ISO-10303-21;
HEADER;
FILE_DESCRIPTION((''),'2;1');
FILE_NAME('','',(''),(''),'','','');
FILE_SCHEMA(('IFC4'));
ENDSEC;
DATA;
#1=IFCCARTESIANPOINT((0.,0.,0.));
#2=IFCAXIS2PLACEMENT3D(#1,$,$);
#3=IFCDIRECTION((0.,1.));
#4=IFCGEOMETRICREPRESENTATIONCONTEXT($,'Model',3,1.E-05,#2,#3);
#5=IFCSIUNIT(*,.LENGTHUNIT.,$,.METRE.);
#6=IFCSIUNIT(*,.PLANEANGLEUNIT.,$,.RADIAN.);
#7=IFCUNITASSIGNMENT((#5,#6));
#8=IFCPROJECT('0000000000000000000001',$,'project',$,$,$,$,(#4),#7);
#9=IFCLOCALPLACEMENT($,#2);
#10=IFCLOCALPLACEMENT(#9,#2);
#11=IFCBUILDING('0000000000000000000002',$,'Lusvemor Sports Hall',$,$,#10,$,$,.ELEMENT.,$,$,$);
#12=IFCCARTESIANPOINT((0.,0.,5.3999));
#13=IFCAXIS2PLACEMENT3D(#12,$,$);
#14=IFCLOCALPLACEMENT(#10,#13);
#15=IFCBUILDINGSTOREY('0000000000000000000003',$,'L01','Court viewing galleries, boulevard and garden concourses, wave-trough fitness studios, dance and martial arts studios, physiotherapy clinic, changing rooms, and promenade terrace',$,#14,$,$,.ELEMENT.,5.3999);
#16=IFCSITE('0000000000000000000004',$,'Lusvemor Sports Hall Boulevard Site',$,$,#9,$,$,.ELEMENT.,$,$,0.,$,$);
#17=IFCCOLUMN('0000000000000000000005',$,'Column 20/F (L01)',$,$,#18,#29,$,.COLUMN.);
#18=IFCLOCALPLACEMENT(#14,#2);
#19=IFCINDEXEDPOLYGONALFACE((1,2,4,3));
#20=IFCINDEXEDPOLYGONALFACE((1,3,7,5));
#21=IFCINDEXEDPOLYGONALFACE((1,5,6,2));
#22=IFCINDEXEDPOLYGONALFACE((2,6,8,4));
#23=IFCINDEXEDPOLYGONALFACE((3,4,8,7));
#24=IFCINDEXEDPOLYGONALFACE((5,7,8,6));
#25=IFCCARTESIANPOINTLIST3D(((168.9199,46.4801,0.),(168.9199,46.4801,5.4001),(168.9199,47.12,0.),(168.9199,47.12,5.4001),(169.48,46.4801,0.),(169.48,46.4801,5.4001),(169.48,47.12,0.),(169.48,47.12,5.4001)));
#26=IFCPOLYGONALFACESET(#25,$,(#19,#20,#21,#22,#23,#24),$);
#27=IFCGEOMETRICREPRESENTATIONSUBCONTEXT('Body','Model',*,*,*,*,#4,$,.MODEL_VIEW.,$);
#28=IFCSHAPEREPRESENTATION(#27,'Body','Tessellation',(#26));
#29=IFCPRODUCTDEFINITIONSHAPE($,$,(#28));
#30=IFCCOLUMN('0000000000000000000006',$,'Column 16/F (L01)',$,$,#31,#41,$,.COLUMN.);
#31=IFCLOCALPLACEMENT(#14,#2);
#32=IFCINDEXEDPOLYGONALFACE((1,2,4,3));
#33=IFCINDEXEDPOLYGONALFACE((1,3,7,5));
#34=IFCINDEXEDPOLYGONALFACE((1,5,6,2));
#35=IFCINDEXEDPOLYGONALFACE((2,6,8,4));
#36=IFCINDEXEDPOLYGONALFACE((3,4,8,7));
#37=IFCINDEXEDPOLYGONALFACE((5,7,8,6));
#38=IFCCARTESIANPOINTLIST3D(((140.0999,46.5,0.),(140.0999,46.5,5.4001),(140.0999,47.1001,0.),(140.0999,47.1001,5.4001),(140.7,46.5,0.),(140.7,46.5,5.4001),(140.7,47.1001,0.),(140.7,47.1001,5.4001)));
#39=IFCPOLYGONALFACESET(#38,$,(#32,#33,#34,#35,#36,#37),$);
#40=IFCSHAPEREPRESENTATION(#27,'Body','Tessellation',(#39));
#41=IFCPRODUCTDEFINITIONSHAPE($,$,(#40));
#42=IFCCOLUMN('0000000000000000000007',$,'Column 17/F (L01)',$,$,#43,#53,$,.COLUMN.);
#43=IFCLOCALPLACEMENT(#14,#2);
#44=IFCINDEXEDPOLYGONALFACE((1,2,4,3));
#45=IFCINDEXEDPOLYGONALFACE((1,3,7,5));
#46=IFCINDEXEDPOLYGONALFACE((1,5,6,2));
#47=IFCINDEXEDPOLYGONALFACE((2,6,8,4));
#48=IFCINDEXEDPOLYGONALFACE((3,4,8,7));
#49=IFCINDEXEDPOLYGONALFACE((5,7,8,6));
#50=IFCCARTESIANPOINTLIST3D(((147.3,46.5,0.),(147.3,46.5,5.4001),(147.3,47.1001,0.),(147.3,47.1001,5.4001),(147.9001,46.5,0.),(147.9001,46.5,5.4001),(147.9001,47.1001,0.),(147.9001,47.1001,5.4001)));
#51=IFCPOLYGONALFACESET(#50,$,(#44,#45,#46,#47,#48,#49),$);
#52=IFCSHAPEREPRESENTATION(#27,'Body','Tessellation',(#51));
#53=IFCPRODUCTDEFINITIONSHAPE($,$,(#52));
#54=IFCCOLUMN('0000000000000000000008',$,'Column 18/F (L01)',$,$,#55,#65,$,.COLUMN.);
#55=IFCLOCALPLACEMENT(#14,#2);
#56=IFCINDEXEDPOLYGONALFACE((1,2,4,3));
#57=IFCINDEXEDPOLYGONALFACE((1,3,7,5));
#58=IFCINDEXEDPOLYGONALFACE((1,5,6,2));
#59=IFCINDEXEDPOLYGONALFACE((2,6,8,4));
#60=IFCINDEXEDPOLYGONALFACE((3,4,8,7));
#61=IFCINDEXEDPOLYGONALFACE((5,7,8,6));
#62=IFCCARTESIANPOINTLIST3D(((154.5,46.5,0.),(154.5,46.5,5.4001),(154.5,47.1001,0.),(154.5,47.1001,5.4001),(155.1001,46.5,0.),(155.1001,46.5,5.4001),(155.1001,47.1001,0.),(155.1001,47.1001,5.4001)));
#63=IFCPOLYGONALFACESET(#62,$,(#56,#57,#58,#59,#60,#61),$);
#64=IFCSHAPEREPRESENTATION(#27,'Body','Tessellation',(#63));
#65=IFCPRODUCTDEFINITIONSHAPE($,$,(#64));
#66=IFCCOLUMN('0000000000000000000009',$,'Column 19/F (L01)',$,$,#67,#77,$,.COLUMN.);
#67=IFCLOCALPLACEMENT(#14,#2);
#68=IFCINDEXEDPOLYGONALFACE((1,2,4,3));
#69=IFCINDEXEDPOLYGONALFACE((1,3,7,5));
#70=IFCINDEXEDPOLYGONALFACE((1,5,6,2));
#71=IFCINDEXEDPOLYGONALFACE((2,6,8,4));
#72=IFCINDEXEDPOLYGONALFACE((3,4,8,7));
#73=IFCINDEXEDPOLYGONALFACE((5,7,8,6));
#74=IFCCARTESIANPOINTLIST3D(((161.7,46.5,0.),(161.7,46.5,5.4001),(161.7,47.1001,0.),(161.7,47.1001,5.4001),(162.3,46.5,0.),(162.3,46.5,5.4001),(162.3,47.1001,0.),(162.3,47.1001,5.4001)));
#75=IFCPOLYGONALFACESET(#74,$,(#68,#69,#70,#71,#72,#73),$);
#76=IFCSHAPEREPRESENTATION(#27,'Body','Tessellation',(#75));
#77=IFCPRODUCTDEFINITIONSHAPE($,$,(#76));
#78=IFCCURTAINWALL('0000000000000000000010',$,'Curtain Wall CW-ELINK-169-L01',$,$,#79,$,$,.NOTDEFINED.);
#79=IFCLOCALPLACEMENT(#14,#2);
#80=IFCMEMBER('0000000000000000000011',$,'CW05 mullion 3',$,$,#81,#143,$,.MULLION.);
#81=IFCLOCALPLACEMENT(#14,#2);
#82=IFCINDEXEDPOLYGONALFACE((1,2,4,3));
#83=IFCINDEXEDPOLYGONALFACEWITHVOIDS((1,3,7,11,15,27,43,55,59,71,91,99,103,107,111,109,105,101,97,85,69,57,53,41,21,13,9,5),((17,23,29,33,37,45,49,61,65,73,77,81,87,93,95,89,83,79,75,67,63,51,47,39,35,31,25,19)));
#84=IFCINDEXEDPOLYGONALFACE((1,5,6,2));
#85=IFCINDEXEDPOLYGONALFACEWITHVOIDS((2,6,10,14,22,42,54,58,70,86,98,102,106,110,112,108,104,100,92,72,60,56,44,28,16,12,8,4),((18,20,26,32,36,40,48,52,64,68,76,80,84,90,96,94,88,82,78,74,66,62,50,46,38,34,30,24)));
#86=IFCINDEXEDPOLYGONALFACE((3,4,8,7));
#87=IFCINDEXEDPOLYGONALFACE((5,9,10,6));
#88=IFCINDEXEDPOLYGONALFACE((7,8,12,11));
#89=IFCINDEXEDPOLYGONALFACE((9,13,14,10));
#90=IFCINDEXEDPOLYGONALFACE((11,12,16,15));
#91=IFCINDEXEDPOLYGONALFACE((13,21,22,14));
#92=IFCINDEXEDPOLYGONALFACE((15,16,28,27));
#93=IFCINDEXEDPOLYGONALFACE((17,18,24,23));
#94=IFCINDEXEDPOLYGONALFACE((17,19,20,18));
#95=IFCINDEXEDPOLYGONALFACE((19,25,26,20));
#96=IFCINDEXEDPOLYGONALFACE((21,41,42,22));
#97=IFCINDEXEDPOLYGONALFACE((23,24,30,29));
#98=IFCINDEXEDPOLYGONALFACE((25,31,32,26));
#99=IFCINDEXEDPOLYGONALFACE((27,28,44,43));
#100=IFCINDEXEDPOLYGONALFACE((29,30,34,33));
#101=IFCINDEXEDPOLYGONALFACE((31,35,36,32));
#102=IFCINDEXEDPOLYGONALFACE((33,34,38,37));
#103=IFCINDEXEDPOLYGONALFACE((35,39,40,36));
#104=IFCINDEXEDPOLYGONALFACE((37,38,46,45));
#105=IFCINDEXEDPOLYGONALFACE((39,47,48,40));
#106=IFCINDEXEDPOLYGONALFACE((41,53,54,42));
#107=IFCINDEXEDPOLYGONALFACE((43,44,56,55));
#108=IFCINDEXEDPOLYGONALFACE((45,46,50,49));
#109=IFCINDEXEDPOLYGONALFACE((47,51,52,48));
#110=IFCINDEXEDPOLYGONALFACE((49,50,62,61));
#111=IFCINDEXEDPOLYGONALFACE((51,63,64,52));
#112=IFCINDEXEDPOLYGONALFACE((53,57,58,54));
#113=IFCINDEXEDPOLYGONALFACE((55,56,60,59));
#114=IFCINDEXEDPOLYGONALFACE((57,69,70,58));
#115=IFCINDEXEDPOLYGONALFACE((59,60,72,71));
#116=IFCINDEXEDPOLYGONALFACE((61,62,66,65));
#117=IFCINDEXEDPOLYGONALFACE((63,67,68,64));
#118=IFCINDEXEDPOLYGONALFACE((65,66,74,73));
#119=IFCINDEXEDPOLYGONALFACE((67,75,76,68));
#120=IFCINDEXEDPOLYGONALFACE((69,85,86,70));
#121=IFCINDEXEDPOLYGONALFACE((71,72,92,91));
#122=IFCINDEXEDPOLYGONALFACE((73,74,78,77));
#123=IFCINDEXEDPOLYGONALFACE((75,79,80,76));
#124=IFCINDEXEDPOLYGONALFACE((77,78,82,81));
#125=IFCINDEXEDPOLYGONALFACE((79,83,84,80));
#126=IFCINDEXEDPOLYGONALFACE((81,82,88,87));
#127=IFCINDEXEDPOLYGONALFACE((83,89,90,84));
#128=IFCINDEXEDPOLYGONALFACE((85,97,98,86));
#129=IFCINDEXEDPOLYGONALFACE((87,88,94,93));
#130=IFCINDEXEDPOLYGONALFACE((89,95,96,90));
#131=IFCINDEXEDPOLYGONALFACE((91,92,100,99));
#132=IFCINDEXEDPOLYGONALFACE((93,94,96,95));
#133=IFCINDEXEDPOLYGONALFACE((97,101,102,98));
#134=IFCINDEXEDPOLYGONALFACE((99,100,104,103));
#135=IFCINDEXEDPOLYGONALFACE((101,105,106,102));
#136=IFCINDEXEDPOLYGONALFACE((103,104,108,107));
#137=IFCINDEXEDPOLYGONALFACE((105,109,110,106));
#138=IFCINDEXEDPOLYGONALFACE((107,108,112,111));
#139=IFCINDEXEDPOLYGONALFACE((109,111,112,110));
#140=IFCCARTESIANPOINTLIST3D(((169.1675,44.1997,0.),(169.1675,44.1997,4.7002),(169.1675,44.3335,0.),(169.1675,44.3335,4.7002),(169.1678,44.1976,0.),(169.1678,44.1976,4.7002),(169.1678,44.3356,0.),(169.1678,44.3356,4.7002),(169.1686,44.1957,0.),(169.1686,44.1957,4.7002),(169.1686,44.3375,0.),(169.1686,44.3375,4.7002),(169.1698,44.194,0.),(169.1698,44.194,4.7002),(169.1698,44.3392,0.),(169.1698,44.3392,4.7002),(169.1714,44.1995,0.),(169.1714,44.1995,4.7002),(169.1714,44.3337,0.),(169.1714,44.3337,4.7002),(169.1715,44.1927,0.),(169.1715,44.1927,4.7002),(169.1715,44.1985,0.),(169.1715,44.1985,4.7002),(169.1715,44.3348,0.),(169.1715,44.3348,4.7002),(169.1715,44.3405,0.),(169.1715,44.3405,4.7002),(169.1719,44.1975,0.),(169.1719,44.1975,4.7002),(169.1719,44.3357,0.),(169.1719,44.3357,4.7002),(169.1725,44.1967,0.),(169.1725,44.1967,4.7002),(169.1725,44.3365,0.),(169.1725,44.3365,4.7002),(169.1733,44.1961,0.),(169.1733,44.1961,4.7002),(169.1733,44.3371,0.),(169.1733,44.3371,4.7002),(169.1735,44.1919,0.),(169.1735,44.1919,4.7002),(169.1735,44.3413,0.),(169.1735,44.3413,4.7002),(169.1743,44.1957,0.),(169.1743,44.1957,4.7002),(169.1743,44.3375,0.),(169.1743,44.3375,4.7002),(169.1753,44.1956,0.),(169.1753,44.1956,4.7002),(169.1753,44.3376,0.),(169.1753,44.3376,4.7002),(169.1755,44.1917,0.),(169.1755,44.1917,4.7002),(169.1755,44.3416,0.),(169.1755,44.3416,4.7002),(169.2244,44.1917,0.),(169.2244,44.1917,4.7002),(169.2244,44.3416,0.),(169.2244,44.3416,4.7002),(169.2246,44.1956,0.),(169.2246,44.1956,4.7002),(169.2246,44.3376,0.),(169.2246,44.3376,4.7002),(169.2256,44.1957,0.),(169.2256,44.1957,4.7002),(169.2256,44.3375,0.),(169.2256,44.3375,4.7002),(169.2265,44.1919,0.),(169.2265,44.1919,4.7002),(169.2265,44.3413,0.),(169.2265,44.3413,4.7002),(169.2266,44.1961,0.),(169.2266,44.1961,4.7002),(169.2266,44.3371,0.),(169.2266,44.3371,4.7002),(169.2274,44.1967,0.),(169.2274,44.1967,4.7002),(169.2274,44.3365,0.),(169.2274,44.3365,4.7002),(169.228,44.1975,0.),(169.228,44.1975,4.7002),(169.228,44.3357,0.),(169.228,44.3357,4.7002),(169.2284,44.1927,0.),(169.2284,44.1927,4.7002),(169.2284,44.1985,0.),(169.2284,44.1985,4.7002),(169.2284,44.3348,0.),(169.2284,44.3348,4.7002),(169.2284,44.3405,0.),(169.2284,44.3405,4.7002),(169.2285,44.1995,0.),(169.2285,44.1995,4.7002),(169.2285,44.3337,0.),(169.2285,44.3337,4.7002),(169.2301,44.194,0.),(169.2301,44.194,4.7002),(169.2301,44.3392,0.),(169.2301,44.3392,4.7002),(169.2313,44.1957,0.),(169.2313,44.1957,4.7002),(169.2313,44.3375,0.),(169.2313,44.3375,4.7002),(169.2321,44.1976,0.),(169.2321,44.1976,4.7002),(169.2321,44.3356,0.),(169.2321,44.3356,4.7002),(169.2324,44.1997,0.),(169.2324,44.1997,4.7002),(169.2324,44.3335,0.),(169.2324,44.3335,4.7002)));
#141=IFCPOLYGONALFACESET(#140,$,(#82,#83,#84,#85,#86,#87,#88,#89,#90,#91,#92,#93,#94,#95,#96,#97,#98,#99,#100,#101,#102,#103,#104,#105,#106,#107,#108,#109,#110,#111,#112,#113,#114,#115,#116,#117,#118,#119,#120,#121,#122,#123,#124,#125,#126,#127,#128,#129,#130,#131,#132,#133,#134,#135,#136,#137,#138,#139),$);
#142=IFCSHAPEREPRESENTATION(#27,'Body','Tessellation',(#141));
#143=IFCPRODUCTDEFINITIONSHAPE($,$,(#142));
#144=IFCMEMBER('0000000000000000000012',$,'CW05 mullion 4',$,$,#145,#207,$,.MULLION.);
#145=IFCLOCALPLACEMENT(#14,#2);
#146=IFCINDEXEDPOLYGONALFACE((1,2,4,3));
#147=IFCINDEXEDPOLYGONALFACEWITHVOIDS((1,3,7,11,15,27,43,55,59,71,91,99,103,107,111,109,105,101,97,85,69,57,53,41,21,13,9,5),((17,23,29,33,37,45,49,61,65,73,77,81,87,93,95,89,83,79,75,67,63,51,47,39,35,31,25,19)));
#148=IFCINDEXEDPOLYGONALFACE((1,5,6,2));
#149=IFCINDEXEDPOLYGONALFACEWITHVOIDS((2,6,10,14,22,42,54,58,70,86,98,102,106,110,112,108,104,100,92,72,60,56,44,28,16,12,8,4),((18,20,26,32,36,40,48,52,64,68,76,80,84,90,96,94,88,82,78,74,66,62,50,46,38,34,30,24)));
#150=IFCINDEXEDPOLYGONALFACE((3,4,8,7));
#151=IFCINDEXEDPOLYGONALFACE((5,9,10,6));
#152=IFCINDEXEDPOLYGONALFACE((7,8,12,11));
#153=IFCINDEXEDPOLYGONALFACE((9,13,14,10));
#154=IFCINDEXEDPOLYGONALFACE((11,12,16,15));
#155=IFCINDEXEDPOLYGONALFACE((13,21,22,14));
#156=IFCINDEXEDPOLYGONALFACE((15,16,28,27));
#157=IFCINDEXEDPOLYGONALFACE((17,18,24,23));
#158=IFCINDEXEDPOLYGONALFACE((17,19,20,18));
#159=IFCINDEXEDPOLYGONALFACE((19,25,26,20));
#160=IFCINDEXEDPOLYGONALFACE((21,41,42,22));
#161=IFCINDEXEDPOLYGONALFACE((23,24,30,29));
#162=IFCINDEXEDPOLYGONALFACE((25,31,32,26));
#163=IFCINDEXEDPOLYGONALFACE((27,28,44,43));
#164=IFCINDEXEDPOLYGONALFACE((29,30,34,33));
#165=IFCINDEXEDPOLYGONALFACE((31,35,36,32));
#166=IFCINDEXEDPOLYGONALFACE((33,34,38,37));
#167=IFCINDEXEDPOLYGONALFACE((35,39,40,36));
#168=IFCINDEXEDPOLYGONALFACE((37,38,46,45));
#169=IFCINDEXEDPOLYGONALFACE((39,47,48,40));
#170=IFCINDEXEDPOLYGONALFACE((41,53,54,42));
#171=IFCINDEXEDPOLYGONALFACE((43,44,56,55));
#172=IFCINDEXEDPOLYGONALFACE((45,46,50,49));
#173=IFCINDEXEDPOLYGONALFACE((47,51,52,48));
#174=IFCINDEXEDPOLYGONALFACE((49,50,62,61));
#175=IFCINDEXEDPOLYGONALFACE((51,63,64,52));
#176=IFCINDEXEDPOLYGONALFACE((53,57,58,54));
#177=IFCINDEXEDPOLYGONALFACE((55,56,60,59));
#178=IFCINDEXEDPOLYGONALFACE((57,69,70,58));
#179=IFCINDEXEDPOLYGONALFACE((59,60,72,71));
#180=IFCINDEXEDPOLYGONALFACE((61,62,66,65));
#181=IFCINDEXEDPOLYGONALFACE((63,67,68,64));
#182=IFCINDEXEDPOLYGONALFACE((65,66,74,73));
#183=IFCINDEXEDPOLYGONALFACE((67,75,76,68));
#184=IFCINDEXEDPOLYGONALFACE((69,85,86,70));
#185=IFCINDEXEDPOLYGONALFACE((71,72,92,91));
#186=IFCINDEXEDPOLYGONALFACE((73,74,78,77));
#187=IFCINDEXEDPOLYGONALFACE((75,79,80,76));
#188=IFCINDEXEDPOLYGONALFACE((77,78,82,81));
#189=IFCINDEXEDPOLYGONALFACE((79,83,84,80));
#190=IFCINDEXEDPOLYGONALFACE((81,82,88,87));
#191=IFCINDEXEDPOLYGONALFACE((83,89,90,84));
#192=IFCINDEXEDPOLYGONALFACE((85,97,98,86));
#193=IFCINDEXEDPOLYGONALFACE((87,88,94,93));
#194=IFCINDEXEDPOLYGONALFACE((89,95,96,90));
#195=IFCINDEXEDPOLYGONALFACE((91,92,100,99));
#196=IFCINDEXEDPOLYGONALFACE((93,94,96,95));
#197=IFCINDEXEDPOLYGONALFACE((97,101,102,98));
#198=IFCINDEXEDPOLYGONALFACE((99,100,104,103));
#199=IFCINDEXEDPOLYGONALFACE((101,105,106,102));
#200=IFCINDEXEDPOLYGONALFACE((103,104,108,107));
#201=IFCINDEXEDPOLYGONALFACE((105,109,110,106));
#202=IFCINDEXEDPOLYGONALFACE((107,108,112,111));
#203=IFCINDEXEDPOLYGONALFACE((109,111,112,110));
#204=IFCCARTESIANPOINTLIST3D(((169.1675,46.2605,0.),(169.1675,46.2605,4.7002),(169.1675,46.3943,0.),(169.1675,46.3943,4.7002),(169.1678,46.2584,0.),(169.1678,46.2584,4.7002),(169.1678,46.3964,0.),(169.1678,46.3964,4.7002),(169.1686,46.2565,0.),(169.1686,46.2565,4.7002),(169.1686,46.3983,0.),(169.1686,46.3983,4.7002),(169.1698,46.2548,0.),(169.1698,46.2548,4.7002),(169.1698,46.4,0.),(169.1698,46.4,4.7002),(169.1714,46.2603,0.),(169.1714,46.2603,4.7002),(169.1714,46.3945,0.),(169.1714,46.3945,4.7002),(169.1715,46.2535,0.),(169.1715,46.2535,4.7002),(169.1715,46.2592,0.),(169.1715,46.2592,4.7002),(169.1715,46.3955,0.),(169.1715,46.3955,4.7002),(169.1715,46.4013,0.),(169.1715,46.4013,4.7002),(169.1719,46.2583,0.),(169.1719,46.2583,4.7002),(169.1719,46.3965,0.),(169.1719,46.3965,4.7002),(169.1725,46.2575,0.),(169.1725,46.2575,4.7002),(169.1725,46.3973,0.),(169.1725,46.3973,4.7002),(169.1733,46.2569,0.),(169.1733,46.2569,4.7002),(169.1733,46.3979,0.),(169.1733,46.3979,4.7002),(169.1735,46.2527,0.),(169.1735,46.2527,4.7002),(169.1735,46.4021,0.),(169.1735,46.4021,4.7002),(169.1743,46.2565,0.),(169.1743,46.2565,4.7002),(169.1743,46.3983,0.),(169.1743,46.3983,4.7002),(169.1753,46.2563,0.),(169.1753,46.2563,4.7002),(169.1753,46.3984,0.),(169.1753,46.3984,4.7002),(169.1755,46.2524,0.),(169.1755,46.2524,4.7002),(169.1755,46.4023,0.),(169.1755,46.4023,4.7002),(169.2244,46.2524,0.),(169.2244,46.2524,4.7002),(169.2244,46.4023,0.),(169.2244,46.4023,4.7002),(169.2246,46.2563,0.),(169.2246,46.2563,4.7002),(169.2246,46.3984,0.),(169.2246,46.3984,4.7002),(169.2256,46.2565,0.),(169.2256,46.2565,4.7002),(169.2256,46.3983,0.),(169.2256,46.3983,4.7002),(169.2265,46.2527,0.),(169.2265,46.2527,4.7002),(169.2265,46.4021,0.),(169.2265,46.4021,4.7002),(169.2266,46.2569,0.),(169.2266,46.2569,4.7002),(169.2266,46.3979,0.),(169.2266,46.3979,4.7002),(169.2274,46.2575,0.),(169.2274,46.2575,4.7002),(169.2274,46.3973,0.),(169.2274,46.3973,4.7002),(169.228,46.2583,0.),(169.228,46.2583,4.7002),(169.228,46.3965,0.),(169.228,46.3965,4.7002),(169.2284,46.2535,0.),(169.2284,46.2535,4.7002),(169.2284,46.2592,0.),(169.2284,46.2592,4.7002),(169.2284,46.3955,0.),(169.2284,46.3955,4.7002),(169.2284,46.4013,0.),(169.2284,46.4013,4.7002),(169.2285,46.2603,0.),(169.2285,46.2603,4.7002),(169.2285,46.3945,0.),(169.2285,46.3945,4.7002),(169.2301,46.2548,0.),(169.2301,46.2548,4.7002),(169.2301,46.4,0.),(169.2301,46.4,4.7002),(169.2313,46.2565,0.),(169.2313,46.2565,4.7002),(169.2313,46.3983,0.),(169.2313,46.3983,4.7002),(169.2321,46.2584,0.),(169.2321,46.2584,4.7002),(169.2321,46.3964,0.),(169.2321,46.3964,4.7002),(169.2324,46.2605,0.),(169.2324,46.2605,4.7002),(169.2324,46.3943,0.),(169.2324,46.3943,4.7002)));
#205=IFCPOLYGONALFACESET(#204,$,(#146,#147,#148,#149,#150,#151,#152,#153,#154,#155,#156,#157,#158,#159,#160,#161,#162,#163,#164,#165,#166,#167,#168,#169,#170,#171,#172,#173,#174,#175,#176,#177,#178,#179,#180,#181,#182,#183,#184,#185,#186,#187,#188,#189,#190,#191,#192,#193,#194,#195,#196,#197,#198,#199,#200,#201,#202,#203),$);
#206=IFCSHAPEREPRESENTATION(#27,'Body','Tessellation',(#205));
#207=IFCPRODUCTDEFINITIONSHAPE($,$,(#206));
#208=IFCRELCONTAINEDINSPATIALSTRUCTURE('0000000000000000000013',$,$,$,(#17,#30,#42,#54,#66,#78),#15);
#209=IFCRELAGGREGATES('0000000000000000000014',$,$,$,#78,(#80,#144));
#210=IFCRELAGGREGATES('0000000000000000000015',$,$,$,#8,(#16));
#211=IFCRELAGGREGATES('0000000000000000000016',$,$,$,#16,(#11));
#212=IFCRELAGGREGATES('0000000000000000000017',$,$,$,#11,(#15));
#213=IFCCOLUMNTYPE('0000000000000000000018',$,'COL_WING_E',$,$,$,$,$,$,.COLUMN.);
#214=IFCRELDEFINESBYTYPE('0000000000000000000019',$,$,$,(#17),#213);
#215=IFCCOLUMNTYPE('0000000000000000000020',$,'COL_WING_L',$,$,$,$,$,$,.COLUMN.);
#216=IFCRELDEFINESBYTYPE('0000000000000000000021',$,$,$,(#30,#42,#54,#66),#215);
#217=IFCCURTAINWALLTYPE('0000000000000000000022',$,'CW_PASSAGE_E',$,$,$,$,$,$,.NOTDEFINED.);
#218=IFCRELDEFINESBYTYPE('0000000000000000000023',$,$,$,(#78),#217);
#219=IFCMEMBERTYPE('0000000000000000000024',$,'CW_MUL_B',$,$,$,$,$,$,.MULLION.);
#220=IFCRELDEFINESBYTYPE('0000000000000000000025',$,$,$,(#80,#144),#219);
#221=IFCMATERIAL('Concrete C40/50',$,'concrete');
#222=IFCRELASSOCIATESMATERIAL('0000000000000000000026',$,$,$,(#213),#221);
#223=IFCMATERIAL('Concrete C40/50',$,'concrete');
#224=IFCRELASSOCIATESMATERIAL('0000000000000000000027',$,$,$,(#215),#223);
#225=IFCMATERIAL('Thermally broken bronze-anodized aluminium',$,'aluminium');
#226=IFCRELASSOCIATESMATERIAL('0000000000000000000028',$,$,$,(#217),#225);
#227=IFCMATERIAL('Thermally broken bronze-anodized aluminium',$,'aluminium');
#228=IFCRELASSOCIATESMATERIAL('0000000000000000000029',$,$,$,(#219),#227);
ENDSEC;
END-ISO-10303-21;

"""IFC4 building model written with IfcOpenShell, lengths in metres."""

from ifc_helpers import new_model, si_unit, direction, frame, origin, origin_2d, place, context, subcontext, project, spatial, rectangle, hollow_rectangle, extrude, material, material_profile, profile_set, type_object, element, aggregate, save


model = new_model("IFC4")

# Units and contexts
model_context = context("Model", 3, precision=1e-05, world=origin(), true_north=direction((0.0, 1.0)))
body_context = subcontext(model_context, "Body", "Model", "MODEL_VIEW")
ifc_project = project(units=[si_unit("LENGTHUNIT", "METRE"), si_unit("PLANEANGLEUNIT", "RADIAN")], contexts=[model_context])

# Site, building, storey
site_placement = place(None, origin())
site = spatial("IfcSite", under=ifc_project, at=site_placement, Name="Lusvemor Sports Hall Boulevard Site", CompositionType="ELEMENT", RefElevation=0.0)
building_placement = place(site_placement, origin())
building = spatial("IfcBuilding", under=site, at=building_placement, Name="Lusvemor Sports Hall", CompositionType="ELEMENT")
storey_placement = place(building_placement, frame((0.0, 0.0, 5.3999)))
storey = spatial("IfcBuildingStorey", under=building, at=storey_placement, Name="L01", Description="Court viewing galleries, boulevard and garden concourses, wave-trough fitness studios, dance and martial arts studios, physiotherapy clinic, changing rooms, and promenade terrace", CompositionType="ELEMENT", Elevation=5.3999)

# Columns
ifc_material_1 = material(Name="Concrete C40/50", Category="concrete")
ifc_material_profile_1 = material_profile(ifc_material_1, rectangle(XDim=0.5601, YDim=0.6399, at=origin_2d()), Name="RC560x640")
ifc_profile_set_1 = profile_set([ifc_material_profile_1], Name="Concrete C40/50")
column_type_1 = type_object("IfcColumnType", Name="COL_WING_E", PredefinedType="COLUMN", material=ifc_profile_set_1)
column_placement = place(storey_placement, frame((169.2, 46.8, 0.0), z_axis=(0.0, 0.0, 1.0), x_axis=(1.0, 0.0, 0.0)))
element("IfcColumn", 1, at=column_placement, inside=storey, type_object=column_type_1, Name="Column 20/F (L01)", PredefinedType="COLUMN", context=body_context, shape_type="SweptSolid", body=[
    extrude(rectangle(XDim=0.5601, YDim=0.6399, at=origin_2d()), origin(), (0.0, 0.0, 1.0), 5.4001),
])
ifc_material_2 = material(Name="Concrete C40/50", Category="concrete")
ifc_material_profile_2 = material_profile(ifc_material_2, rectangle(XDim=0.6001, YDim=0.6001, at=origin_2d()), Name="RC600x600")
ifc_profile_set_2 = profile_set([ifc_material_profile_2], Name="Concrete C40/50")
column_type_2 = type_object("IfcColumnType", Name="COL_WING_L", PredefinedType="COLUMN", material=ifc_profile_set_2)
for number, where, z_axis, x_axis, name in (
    (2, (140.3999, 46.8, 0.0), (0.0, 0.0, 1.0), (1.0, 0.0, 0.0), "Column 16/F (L01)"),
    (3, (147.6001, 46.8, 0.0), (0.0, 0.0, 1.0), (1.0, 0.0, 0.0), "Column 17/F (L01)"),
    (4, (154.8, 46.8, 0.0), (0.0, 0.0, 1.0), (1.0, 0.0, 0.0), "Column 18/F (L01)"),
    (5, (162.0, 46.8, 0.0), (0.0, 0.0, 1.0), (1.0, 0.0, 0.0), "Column 19/F (L01)"),
):
    element("IfcColumn", number, at=place(storey_placement, frame(where, z_axis=z_axis, x_axis=x_axis)), inside=storey, type_object=column_type_2, Name=name, PredefinedType="COLUMN", context=body_context, shape_type="SweptSolid", body=[
        extrude(rectangle(XDim=0.6001, YDim=0.6001, at=origin_2d()), origin(), (0.0, 0.0, 1.0), 5.4001),
    ])

# Curtain wall, members
ifc_material_3 = material(Name="Thermally broken bronze-anodized aluminium", Category="aluminium")
curtain_wall_type = type_object("IfcCurtainWallType", Name="CW_PASSAGE_E", PredefinedType="NOTDEFINED", material=ifc_material_3)
curtain_wall_placement = place(storey_placement, origin())
curtain_wall = element("IfcCurtainWall", 6, at=curtain_wall_placement, inside=storey, type_object=curtain_wall_type, Name="Curtain Wall CW-ELINK-169-L01", PredefinedType="NOTDEFINED")
ifc_material_4 = material(Name="Thermally broken bronze-anodized aluminium", Category="aluminium")
ifc_material_profile_3 = material_profile(ifc_material_4, hollow_rectangle(XDim=0.0649, YDim=0.1499, WallThickness=0.0039, InnerFilletRadius=0.0039, OuterFilletRadius=0.0081, at=origin_2d()), Name="CWMUL150x65x4")
ifc_profile_set_3 = profile_set([ifc_material_profile_3], Name="Thermally broken bronze-anodized aluminium")
member_type_1 = type_object("IfcMemberType", Name="CW_MUL_B", PredefinedType="MULLION", material=ifc_profile_set_3)
member_1_placement = place(storey_placement, frame((169.2, 44.2666, 0.0), z_axis=(0.0, 0.0, 1.0), x_axis=(-1.0, 0.0, 0.0)))
member_1 = element("IfcMember", 7, at=member_1_placement, type_object=member_type_1, Name="CW05 mullion 3", PredefinedType="MULLION", context=body_context, shape_type="SweptSolid", body=[
    extrude(hollow_rectangle(XDim=0.0649, YDim=0.1499, WallThickness=0.0039, InnerFilletRadius=0.0039, OuterFilletRadius=0.0081, at=origin_2d()), origin(), (0.0, 0.0, 1.0), 4.7002),
])
member_2_placement = place(storey_placement, frame((169.2, 46.3274, 0.0), z_axis=(0.0, 0.0, 1.0), x_axis=(-1.0, 0.0, 0.0)))
member_2 = element("IfcMember", 8, at=member_2_placement, type_object=member_type_1, Name="CW05 mullion 4", PredefinedType="MULLION", context=body_context, shape_type="SweptSolid", body=[
    extrude(hollow_rectangle(XDim=0.0649, YDim=0.1499, WallThickness=0.0039, InnerFilletRadius=0.0039, OuterFilletRadius=0.0081, at=origin_2d()), origin(), (0.0, 0.0, 1.0), 4.7002),
])

aggregate(curtain_wall, [member_1, member_2])

save(model, "model.ifc")
